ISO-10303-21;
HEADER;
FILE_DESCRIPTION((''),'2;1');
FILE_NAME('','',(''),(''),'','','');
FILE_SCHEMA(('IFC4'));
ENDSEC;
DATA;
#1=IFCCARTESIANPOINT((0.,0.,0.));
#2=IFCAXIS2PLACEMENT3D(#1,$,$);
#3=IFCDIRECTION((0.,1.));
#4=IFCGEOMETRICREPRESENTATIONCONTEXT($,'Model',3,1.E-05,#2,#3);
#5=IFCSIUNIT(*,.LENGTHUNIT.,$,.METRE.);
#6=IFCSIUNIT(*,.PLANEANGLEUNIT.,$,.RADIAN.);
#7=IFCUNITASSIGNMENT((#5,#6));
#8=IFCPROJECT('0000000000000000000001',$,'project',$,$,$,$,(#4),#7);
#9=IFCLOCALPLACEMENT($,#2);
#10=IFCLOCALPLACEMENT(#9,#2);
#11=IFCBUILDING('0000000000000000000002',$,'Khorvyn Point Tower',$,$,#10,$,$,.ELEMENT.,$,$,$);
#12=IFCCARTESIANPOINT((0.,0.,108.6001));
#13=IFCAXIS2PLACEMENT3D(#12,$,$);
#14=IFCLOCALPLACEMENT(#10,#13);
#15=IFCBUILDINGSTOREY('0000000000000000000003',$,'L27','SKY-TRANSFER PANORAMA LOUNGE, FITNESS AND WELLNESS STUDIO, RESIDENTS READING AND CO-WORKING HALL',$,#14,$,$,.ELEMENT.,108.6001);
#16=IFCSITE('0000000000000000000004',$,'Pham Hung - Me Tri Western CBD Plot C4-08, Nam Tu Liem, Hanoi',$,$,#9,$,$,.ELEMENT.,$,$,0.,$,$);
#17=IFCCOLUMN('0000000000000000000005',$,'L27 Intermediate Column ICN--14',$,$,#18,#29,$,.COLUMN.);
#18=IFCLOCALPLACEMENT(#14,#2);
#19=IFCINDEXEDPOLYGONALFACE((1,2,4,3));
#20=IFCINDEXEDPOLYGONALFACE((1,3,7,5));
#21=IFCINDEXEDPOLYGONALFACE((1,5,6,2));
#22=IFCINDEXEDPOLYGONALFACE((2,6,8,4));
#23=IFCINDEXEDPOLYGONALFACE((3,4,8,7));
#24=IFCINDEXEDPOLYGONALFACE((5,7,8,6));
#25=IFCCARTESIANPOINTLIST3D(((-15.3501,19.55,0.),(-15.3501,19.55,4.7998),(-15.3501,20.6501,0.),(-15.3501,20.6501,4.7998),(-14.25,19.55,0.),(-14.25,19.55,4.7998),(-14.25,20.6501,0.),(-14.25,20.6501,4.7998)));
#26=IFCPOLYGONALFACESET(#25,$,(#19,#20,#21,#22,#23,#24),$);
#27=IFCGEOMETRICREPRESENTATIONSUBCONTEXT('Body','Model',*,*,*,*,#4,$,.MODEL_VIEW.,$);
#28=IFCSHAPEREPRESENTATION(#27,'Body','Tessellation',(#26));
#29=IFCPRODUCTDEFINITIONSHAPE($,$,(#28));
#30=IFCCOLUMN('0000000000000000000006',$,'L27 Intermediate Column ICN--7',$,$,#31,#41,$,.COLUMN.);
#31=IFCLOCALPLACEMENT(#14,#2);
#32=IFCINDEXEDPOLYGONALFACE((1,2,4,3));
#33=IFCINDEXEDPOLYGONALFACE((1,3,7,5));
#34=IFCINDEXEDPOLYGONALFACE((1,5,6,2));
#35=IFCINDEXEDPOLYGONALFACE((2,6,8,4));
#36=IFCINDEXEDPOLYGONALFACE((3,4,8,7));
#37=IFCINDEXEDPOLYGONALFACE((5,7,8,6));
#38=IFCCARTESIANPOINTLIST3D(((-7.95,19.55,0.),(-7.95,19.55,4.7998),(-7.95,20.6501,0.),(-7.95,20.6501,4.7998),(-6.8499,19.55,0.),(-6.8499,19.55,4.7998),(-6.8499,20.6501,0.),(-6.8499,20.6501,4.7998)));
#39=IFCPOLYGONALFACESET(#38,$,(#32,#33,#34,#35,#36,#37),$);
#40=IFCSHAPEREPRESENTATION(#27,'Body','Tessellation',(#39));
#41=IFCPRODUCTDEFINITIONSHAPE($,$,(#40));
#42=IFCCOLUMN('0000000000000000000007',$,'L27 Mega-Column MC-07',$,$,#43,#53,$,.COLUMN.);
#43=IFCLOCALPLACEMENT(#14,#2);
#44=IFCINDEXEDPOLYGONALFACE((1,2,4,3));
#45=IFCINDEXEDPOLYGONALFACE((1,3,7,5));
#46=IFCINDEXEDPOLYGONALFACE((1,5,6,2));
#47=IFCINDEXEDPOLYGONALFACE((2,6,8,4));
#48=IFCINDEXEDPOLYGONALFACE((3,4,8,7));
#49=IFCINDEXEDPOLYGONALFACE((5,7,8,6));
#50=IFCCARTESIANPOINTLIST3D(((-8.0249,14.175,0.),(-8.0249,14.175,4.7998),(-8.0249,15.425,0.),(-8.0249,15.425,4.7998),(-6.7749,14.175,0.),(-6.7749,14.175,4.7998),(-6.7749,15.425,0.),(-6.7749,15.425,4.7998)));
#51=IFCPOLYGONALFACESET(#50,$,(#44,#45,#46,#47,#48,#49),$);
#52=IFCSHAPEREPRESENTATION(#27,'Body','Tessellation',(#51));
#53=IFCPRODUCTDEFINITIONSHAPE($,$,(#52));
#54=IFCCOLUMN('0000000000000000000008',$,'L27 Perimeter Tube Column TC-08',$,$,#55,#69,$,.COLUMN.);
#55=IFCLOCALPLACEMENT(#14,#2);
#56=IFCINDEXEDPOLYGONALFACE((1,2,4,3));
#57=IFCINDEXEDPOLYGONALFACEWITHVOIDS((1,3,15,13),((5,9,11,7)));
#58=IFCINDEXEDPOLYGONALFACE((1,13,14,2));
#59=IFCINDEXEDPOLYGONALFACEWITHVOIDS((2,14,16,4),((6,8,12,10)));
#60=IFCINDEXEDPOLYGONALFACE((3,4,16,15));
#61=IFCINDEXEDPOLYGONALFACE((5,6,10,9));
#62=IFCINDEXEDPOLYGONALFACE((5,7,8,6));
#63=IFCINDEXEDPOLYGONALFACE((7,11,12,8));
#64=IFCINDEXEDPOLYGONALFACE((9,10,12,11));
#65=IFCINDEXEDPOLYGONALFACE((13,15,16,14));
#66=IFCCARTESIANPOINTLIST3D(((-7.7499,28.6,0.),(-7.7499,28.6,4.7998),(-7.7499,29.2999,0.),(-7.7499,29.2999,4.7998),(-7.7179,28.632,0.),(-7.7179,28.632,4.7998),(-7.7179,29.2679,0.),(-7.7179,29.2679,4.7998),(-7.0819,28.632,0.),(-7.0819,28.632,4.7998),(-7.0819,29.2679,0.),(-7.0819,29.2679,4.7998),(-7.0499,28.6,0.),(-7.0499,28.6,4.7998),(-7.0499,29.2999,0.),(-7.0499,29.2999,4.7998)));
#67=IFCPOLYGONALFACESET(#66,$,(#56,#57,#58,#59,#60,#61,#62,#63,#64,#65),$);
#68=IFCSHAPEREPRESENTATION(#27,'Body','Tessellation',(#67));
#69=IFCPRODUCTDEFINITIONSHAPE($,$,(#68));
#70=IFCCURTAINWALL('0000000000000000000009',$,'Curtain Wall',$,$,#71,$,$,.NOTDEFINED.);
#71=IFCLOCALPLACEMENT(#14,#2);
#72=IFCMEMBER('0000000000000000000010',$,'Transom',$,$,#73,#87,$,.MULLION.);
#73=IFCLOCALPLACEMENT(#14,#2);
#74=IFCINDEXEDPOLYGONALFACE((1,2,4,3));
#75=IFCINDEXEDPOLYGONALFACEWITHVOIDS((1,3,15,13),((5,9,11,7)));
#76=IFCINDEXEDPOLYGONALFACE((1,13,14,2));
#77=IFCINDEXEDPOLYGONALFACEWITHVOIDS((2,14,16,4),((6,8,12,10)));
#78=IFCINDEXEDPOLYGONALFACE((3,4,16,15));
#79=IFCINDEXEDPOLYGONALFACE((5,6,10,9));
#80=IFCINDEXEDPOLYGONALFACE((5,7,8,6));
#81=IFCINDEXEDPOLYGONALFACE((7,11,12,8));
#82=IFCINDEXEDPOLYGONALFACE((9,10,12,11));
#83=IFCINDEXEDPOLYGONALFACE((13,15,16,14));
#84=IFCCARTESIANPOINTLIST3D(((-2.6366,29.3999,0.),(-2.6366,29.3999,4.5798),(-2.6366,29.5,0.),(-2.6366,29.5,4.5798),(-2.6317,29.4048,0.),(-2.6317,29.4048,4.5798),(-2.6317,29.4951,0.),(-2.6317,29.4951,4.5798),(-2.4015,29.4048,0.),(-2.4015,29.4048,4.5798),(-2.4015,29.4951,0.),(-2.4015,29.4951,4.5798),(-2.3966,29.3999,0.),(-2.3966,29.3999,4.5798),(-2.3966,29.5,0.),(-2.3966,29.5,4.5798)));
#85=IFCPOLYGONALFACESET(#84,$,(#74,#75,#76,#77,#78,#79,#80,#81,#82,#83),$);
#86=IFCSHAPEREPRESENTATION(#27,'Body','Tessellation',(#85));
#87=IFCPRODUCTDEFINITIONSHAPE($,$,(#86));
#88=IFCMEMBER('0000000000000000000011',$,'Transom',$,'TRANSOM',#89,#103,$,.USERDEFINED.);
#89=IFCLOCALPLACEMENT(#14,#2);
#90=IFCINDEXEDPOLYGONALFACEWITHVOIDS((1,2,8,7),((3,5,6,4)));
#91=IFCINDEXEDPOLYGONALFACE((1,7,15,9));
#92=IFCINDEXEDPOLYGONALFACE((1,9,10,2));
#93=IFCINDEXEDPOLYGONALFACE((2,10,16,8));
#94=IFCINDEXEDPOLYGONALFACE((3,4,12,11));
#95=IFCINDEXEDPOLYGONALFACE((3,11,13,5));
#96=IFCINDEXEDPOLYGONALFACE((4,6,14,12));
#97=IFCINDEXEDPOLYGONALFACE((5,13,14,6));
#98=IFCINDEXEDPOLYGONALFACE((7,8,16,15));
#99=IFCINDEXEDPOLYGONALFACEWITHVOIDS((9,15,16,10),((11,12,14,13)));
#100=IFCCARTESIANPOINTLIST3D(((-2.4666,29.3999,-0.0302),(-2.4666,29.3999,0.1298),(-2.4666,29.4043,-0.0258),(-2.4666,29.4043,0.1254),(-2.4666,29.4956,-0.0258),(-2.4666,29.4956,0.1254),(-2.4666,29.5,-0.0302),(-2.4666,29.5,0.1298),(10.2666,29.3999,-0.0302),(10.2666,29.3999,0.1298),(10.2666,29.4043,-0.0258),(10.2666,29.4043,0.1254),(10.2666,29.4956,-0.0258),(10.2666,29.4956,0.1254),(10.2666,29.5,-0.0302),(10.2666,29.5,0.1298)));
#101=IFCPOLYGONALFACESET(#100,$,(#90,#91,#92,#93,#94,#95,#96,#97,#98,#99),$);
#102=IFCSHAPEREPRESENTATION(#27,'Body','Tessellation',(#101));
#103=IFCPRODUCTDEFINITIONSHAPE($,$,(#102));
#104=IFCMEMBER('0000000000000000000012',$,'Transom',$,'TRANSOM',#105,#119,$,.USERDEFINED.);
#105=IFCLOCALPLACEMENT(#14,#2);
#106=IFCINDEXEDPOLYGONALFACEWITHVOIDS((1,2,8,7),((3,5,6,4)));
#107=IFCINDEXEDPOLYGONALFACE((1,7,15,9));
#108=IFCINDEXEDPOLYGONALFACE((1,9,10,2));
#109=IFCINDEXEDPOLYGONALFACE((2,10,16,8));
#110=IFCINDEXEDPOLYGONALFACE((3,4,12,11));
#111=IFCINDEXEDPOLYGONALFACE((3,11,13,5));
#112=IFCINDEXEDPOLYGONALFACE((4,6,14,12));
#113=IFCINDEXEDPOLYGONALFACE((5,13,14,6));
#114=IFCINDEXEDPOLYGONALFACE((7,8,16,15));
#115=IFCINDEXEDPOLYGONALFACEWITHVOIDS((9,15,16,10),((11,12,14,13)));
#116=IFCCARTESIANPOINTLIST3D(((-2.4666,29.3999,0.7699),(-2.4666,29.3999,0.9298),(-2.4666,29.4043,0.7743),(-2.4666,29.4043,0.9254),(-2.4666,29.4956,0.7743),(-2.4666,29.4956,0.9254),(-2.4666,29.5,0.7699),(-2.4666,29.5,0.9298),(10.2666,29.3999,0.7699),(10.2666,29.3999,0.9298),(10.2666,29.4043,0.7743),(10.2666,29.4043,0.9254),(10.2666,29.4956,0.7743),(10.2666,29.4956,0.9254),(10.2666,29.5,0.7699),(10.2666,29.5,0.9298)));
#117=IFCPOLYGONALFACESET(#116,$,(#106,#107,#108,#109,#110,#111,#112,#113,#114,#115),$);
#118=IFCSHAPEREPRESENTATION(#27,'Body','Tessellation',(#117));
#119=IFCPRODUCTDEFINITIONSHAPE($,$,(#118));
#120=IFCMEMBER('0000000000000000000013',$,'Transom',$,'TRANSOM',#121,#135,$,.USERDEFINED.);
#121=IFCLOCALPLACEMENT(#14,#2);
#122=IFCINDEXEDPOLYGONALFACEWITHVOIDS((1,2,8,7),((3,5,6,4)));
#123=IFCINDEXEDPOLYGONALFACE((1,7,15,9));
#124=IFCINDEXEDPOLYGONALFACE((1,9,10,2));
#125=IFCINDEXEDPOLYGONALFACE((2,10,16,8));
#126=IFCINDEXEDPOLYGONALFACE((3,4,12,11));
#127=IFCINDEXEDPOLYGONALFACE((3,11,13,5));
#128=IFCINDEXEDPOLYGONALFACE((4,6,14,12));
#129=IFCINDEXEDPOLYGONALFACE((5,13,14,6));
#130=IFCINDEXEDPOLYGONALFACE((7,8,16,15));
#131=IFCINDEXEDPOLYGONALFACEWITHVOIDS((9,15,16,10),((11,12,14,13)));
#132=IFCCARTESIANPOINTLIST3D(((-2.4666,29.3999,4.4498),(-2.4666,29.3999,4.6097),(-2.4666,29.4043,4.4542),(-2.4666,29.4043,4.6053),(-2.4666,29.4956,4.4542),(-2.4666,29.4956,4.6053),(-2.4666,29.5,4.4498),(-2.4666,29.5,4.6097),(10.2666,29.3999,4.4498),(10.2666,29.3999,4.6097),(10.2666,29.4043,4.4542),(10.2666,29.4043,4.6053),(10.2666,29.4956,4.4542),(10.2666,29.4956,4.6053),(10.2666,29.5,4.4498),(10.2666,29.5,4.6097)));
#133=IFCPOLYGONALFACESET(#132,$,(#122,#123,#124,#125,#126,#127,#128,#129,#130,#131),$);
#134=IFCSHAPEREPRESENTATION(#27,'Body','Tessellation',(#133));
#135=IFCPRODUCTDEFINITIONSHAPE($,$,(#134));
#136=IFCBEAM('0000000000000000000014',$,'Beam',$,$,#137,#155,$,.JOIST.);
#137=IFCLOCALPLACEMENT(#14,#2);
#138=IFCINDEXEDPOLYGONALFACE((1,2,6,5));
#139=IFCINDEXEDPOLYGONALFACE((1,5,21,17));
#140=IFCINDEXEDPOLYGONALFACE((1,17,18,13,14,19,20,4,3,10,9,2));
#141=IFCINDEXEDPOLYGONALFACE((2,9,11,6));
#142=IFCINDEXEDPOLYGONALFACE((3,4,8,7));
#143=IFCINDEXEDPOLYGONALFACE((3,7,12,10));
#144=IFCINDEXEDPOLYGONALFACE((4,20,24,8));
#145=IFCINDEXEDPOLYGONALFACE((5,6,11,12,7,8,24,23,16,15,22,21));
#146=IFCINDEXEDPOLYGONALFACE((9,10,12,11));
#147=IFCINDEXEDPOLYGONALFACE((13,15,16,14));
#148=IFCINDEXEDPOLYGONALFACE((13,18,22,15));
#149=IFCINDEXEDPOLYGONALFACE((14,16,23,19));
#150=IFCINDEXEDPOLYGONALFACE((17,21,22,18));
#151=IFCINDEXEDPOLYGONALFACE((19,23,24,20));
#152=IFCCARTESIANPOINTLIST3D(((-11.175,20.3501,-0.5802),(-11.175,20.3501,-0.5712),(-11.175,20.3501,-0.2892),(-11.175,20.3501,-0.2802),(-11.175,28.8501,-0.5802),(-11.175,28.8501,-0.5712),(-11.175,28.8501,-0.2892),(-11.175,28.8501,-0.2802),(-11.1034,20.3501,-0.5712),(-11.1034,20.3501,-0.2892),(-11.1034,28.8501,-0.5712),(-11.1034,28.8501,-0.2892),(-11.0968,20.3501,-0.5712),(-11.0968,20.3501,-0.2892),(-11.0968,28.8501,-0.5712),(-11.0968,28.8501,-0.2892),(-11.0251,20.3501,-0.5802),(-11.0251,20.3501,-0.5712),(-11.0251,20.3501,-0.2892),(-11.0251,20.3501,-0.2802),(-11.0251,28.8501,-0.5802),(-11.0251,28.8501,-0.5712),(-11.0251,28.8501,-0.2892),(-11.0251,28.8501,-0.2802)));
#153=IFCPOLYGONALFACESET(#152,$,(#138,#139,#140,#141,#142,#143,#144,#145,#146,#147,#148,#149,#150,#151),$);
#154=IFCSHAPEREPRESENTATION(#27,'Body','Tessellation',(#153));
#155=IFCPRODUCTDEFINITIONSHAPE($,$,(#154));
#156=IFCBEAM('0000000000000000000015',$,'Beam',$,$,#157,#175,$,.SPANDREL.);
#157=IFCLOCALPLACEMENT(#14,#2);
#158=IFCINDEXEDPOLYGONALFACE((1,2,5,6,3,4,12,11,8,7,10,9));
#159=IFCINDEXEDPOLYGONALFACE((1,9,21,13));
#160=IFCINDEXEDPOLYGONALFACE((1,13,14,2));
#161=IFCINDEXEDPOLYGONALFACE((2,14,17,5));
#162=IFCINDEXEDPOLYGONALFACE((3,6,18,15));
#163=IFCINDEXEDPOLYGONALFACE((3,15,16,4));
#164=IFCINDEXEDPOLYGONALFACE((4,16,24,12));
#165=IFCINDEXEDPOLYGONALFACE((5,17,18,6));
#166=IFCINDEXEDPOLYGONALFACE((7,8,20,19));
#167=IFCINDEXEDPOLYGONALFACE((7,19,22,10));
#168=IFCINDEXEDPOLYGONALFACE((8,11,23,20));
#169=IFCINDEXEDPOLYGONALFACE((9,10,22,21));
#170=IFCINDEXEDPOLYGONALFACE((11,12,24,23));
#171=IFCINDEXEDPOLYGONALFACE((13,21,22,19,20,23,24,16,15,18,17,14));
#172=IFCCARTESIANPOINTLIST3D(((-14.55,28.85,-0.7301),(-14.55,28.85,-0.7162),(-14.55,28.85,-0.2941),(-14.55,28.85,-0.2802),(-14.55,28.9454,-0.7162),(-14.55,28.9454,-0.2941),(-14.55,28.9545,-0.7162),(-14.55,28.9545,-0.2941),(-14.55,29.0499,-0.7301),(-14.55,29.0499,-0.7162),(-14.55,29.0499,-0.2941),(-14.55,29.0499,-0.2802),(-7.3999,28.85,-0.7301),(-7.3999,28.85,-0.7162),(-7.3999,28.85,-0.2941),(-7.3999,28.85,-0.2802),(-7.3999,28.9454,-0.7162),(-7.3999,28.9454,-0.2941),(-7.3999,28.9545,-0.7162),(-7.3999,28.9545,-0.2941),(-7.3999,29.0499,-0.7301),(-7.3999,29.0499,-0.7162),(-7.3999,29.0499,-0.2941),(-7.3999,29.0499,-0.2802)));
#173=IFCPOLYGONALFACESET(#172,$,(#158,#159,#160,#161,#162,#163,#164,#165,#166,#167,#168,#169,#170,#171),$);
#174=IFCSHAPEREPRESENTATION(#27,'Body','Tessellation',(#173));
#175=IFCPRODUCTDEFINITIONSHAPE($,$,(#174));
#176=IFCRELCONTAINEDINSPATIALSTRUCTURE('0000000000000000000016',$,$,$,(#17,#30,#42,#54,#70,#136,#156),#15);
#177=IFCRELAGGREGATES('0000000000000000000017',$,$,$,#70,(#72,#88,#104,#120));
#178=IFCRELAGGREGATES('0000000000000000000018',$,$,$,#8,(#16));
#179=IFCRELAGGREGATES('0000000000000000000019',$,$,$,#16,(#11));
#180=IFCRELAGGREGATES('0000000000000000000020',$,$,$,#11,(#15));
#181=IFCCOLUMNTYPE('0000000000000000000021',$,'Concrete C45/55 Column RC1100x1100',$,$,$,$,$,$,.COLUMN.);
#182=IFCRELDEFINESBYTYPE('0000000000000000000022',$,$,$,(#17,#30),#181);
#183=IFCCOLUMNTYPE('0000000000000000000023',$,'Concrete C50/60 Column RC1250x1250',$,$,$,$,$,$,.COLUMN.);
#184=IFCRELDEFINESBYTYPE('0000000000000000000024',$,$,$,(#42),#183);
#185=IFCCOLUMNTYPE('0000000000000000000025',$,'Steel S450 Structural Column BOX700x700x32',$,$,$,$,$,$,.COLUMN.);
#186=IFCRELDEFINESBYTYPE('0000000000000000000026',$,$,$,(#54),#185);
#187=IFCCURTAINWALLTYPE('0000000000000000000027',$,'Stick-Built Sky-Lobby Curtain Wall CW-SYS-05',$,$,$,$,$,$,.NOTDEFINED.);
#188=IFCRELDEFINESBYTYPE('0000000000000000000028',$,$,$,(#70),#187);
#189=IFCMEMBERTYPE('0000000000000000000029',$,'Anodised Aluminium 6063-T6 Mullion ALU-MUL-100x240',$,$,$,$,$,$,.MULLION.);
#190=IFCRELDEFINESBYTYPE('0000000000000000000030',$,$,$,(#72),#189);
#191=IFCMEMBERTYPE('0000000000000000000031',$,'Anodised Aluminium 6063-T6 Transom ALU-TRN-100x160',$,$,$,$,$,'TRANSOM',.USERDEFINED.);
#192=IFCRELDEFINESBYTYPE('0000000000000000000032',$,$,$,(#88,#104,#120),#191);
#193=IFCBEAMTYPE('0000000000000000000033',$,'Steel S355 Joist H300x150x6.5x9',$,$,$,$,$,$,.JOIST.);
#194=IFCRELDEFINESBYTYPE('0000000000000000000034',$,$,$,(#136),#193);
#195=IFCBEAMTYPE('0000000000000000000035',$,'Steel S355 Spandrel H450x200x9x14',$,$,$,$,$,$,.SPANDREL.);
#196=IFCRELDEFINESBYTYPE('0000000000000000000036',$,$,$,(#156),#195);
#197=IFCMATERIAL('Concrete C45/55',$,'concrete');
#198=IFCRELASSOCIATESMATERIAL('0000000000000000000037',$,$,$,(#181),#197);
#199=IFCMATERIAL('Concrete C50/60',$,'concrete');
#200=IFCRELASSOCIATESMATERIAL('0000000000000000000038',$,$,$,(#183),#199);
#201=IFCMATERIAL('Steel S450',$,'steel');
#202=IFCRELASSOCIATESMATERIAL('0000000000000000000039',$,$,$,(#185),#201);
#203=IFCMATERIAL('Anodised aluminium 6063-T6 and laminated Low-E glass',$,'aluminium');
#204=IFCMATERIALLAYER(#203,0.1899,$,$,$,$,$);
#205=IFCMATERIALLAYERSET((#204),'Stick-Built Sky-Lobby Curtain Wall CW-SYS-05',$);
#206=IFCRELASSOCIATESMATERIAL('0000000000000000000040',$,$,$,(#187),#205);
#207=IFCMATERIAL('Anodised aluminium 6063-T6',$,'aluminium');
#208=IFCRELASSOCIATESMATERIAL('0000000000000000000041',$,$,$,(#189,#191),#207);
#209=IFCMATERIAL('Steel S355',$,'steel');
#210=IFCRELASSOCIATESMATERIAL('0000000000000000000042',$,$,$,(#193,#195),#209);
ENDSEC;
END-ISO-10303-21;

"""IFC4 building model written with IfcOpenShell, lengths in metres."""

from ifc_helpers import new_model, si_unit, direction, frame, origin, origin_2d, place, context, subcontext, project, spatial, rectangle, hollow_rectangle, i_section, extrude, material, layer, layer_set, material_profile, profile_set, type_object, element, aggregate, save


model = new_model("IFC4")

# Units and contexts
model_context = context("Model", 3, precision=1e-05, world=origin(), true_north=direction((0.0, 1.0)))
body_context = subcontext(model_context, "Body", "Model", "MODEL_VIEW")
ifc_project = project(units=[si_unit("LENGTHUNIT", "METRE"), si_unit("PLANEANGLEUNIT", "RADIAN")], contexts=[model_context])

# Site, building, storey
site_placement = place(None, origin())
site = spatial("IfcSite", under=ifc_project, at=site_placement, Name="Pham Hung - Me Tri Western CBD Plot C4-08, Nam Tu Liem, Hanoi", CompositionType="ELEMENT", RefElevation=0.0)
building_placement = place(site_placement, origin())
building = spatial("IfcBuilding", under=site, at=building_placement, Name="Khorvyn Point Tower", CompositionType="ELEMENT")
storey_placement = place(building_placement, frame((0.0, 0.0, 108.6001)))
storey = spatial("IfcBuildingStorey", under=building, at=storey_placement, Name="L27", Description="SKY-TRANSFER PANORAMA LOUNGE, FITNESS AND WELLNESS STUDIO, RESIDENTS READING AND CO-WORKING HALL", CompositionType="ELEMENT", Elevation=108.6001)

# Columns
ifc_material_1 = material(Name="Concrete C45/55", Category="concrete")
ifc_material_profile_1 = material_profile(ifc_material_1, rectangle(XDim=1.1001, YDim=1.1001, at=origin_2d()))
ifc_profile_set_1 = profile_set([ifc_material_profile_1], Name="Concrete C45/55 RC1100x1100")
column_type_1 = type_object("IfcColumnType", Name="Concrete C45/55 Column RC1100x1100", PredefinedType="COLUMN", material=ifc_profile_set_1)
for number, where, z_axis, x_axis, name in (
    (1, (-14.8, 20.1001, 0.0), (0.0, 0.0, 1.0), (1.0, 0.0, 0.0), "L27 Intermediate Column ICN--14"),
    (2, (-7.3999, 20.1001, 0.0), (0.0, 0.0, 1.0), (1.0, 0.0, 0.0), "L27 Intermediate Column ICN--7"),
):
    element("IfcColumn", number, at=place(storey_placement, frame(where, z_axis=z_axis, x_axis=x_axis)), inside=storey, type_object=column_type_1, Name=name, PredefinedType="COLUMN", context=body_context, shape_type="SweptSolid", body=[
        extrude(rectangle(XDim=1.1001, YDim=1.1001, at=origin_2d()), origin(), (0.0, 0.0, 1.0), 4.7998),
    ])
ifc_material_2 = material(Name="Concrete C50/60", Category="concrete")
ifc_material_profile_2 = material_profile(ifc_material_2, rectangle(XDim=1.25, YDim=1.25, at=origin_2d()))
ifc_profile_set_2 = profile_set([ifc_material_profile_2], Name="Concrete C50/60 RC1250x1250")
column_type_2 = type_object("IfcColumnType", Name="Concrete C50/60 Column RC1250x1250", PredefinedType="COLUMN", material=ifc_profile_set_2)
column_1_placement = place(storey_placement, frame((-7.3999, 14.8, 0.0), z_axis=(0.0, 0.0, 1.0), x_axis=(1.0, 0.0, 0.0)))
element("IfcColumn", 3, at=column_1_placement, inside=storey, type_object=column_type_2, Name="L27 Mega-Column MC-07", PredefinedType="COLUMN", context=body_context, shape_type="SweptSolid", body=[
    extrude(rectangle(XDim=1.25, YDim=1.25, at=origin_2d()), origin(), (0.0, 0.0, 1.0), 4.7998),
])
ifc_material_3 = material(Name="Steel S450", Category="steel")
ifc_material_profile_3 = material_profile(ifc_material_3, hollow_rectangle(XDim=0.7, YDim=0.7, WallThickness=0.032, at=origin_2d()))
ifc_profile_set_3 = profile_set([ifc_material_profile_3], Name="Steel S450 BOX700x700x32")
column_type_3 = type_object("IfcColumnType", Name="Steel S450 Structural Column BOX700x700x32", PredefinedType="COLUMN", material=ifc_profile_set_3)
column_2_placement = place(storey_placement, frame((-7.3999, 28.95, 0.0), z_axis=(0.0, 0.0, 1.0), x_axis=(1.0, 0.0, 0.0)))
element("IfcColumn", 4, at=column_2_placement, inside=storey, type_object=column_type_3, Name="L27 Perimeter Tube Column TC-08", PredefinedType="COLUMN", context=body_context, shape_type="SweptSolid", body=[
    extrude(hollow_rectangle(XDim=0.7, YDim=0.7, WallThickness=0.032, at=origin_2d()), origin(), (0.0, 0.0, 1.0), 4.7998),
])

# Curtain wall, members
ifc_material_4 = material(Name="Anodised aluminium 6063-T6 and laminated Low-E glass", Category="aluminium")
ifc_layer_1 = layer(ifc_material_4, 0.1899)
ifc_layer_set_1 = layer_set([ifc_layer_1], Name="Stick-Built Sky-Lobby Curtain Wall CW-SYS-05")
curtain_wall_type = type_object("IfcCurtainWallType", Name="Stick-Built Sky-Lobby Curtain Wall CW-SYS-05", PredefinedType="NOTDEFINED", material=ifc_layer_set_1)
curtain_wall_placement = place(storey_placement, origin())
curtain_wall = element("IfcCurtainWall", 5, at=curtain_wall_placement, inside=storey, type_object=curtain_wall_type, Name="Curtain Wall", PredefinedType="NOTDEFINED")
ifc_material_5 = material(Name="Anodised aluminium 6063-T6", Category="aluminium")
ifc_material_profile_4 = material_profile(ifc_material_5, hollow_rectangle(XDim=0.1001, YDim=0.24, WallThickness=0.0049, at=origin_2d()))
ifc_profile_set_4 = profile_set([ifc_material_profile_4], Name="Anodised aluminium 6063-T6 ALU-MUL-100x240")
member_type_1 = type_object("IfcMemberType", Name="Anodised Aluminium 6063-T6 Mullion ALU-MUL-100x240", PredefinedType="MULLION", material=ifc_profile_set_4)
member_1_placement = place(storey_placement, frame((-2.5166, 29.45, 0.0), z_axis=(0.0, 0.0, 1.0), x_axis=(0.0, 1.0, 0.0)))
member_1 = element("IfcMember", 6, at=member_1_placement, type_object=member_type_1, Name="Transom", PredefinedType="MULLION", context=body_context, shape_type="SweptSolid", body=[
    extrude(hollow_rectangle(XDim=0.1001, YDim=0.24, WallThickness=0.0049, at=origin_2d()), origin(), (0.0, 0.0, 1.0), 4.5798),
])
ifc_material_profile_5 = material_profile(ifc_material_5, hollow_rectangle(XDim=0.1001, YDim=0.1599, WallThickness=0.0044, at=origin_2d()))
ifc_profile_set_5 = profile_set([ifc_material_profile_5], Name="Anodised aluminium 6063-T6 ALU-TRN-100x160")
member_type_2 = type_object("IfcMemberType", Name="Anodised Aluminium 6063-T6 Transom ALU-TRN-100x160", ElementType="TRANSOM", PredefinedType="USERDEFINED", material=ifc_profile_set_5)
member_2_placement = place(storey_placement, frame((-2.4666, 29.45, 0.0498), z_axis=(1.0, 0.0, 0.0), x_axis=(0.0, 1.0, 0.0)))
member_2 = element("IfcMember", 7, at=member_2_placement, type_object=member_type_2, Name="Transom", ObjectType="TRANSOM", PredefinedType="USERDEFINED", context=body_context, shape_type="SweptSolid", body=[
    extrude(hollow_rectangle(XDim=0.1001, YDim=0.1599, WallThickness=0.0044, at=origin_2d()), origin(), (0.0, 0.0, 1.0), 12.7332),
])
member_3_placement = place(storey_placement, frame((-2.4666, 29.45, 0.8499), z_axis=(1.0, 0.0, 0.0), x_axis=(0.0, 1.0, 0.0)))
member_3 = element("IfcMember", 8, at=member_3_placement, type_object=member_type_2, Name="Transom", ObjectType="TRANSOM", PredefinedType="USERDEFINED", context=body_context, shape_type="SweptSolid", body=[
    extrude(hollow_rectangle(XDim=0.1001, YDim=0.1599, WallThickness=0.0044, at=origin_2d()), origin(), (0.0, 0.0, 1.0), 12.7332),
])
member_4_placement = place(storey_placement, frame((-2.4666, 29.45, 4.5298), z_axis=(1.0, 0.0, 0.0), x_axis=(0.0, 1.0, 0.0)))
member_4 = element("IfcMember", 9, at=member_4_placement, type_object=member_type_2, Name="Transom", ObjectType="TRANSOM", PredefinedType="USERDEFINED", context=body_context, shape_type="SweptSolid", body=[
    extrude(hollow_rectangle(XDim=0.1001, YDim=0.1599, WallThickness=0.0044, at=origin_2d()), origin(), (0.0, 0.0, 1.0), 12.7332),
])

# Beams
ifc_material_6 = material(Name="Steel S355", Category="steel")
ifc_material_profile_6 = material_profile(ifc_material_6, i_section(OverallWidth=0.1499, OverallDepth=0.3, WebThickness=0.0066, FlangeThickness=0.009, at=origin_2d()))
ifc_profile_set_6 = profile_set([ifc_material_profile_6], Name="Steel S355 H300x150x6.5x9")
beam_type_1 = type_object("IfcBeamType", Name="Steel S355 Joist H300x150x6.5x9", PredefinedType="JOIST", material=ifc_profile_set_6)
beam_1_placement = place(storey_placement, frame((-11.1001, 20.3501, -0.4302), z_axis=(0.0, 1.0, 0.0), x_axis=(-1.0, 0.0, 0.0)))
element("IfcBeam", 10, at=beam_1_placement, inside=storey, type_object=beam_type_1, Name="Beam", PredefinedType="JOIST", context=body_context, shape_type="SweptSolid", body=[
    extrude(i_section(OverallWidth=0.1499, OverallDepth=0.3, WebThickness=0.0066, FlangeThickness=0.009, at=origin_2d()), origin(), (0.0, 0.0, 1.0), 8.5),
])
ifc_material_profile_7 = material_profile(ifc_material_6, i_section(OverallWidth=0.2, OverallDepth=0.45, WebThickness=0.009, FlangeThickness=0.0139, at=origin_2d()))
ifc_profile_set_7 = profile_set([ifc_material_profile_7], Name="Steel S355 H450x200x9x14")
beam_type_2 = type_object("IfcBeamType", Name="Steel S355 Spandrel H450x200x9x14", PredefinedType="SPANDREL", material=ifc_profile_set_7)
beam_2_placement = place(storey_placement, frame((-14.55, 28.95, -0.5051), z_axis=(1.0, 0.0, 0.0), x_axis=(0.0, 1.0, 0.0)))
element("IfcBeam", 11, at=beam_2_placement, inside=storey, type_object=beam_type_2, Name="Beam", PredefinedType="SPANDREL", context=body_context, shape_type="SweptSolid", body=[
    extrude(i_section(OverallWidth=0.2, OverallDepth=0.45, WebThickness=0.009, FlangeThickness=0.0139, at=origin_2d()), origin(), (0.0, 0.0, 1.0), 7.1501),
])

aggregate(curtain_wall, [member_1, member_2, member_3, member_4])

save(model, "model.ifc")
